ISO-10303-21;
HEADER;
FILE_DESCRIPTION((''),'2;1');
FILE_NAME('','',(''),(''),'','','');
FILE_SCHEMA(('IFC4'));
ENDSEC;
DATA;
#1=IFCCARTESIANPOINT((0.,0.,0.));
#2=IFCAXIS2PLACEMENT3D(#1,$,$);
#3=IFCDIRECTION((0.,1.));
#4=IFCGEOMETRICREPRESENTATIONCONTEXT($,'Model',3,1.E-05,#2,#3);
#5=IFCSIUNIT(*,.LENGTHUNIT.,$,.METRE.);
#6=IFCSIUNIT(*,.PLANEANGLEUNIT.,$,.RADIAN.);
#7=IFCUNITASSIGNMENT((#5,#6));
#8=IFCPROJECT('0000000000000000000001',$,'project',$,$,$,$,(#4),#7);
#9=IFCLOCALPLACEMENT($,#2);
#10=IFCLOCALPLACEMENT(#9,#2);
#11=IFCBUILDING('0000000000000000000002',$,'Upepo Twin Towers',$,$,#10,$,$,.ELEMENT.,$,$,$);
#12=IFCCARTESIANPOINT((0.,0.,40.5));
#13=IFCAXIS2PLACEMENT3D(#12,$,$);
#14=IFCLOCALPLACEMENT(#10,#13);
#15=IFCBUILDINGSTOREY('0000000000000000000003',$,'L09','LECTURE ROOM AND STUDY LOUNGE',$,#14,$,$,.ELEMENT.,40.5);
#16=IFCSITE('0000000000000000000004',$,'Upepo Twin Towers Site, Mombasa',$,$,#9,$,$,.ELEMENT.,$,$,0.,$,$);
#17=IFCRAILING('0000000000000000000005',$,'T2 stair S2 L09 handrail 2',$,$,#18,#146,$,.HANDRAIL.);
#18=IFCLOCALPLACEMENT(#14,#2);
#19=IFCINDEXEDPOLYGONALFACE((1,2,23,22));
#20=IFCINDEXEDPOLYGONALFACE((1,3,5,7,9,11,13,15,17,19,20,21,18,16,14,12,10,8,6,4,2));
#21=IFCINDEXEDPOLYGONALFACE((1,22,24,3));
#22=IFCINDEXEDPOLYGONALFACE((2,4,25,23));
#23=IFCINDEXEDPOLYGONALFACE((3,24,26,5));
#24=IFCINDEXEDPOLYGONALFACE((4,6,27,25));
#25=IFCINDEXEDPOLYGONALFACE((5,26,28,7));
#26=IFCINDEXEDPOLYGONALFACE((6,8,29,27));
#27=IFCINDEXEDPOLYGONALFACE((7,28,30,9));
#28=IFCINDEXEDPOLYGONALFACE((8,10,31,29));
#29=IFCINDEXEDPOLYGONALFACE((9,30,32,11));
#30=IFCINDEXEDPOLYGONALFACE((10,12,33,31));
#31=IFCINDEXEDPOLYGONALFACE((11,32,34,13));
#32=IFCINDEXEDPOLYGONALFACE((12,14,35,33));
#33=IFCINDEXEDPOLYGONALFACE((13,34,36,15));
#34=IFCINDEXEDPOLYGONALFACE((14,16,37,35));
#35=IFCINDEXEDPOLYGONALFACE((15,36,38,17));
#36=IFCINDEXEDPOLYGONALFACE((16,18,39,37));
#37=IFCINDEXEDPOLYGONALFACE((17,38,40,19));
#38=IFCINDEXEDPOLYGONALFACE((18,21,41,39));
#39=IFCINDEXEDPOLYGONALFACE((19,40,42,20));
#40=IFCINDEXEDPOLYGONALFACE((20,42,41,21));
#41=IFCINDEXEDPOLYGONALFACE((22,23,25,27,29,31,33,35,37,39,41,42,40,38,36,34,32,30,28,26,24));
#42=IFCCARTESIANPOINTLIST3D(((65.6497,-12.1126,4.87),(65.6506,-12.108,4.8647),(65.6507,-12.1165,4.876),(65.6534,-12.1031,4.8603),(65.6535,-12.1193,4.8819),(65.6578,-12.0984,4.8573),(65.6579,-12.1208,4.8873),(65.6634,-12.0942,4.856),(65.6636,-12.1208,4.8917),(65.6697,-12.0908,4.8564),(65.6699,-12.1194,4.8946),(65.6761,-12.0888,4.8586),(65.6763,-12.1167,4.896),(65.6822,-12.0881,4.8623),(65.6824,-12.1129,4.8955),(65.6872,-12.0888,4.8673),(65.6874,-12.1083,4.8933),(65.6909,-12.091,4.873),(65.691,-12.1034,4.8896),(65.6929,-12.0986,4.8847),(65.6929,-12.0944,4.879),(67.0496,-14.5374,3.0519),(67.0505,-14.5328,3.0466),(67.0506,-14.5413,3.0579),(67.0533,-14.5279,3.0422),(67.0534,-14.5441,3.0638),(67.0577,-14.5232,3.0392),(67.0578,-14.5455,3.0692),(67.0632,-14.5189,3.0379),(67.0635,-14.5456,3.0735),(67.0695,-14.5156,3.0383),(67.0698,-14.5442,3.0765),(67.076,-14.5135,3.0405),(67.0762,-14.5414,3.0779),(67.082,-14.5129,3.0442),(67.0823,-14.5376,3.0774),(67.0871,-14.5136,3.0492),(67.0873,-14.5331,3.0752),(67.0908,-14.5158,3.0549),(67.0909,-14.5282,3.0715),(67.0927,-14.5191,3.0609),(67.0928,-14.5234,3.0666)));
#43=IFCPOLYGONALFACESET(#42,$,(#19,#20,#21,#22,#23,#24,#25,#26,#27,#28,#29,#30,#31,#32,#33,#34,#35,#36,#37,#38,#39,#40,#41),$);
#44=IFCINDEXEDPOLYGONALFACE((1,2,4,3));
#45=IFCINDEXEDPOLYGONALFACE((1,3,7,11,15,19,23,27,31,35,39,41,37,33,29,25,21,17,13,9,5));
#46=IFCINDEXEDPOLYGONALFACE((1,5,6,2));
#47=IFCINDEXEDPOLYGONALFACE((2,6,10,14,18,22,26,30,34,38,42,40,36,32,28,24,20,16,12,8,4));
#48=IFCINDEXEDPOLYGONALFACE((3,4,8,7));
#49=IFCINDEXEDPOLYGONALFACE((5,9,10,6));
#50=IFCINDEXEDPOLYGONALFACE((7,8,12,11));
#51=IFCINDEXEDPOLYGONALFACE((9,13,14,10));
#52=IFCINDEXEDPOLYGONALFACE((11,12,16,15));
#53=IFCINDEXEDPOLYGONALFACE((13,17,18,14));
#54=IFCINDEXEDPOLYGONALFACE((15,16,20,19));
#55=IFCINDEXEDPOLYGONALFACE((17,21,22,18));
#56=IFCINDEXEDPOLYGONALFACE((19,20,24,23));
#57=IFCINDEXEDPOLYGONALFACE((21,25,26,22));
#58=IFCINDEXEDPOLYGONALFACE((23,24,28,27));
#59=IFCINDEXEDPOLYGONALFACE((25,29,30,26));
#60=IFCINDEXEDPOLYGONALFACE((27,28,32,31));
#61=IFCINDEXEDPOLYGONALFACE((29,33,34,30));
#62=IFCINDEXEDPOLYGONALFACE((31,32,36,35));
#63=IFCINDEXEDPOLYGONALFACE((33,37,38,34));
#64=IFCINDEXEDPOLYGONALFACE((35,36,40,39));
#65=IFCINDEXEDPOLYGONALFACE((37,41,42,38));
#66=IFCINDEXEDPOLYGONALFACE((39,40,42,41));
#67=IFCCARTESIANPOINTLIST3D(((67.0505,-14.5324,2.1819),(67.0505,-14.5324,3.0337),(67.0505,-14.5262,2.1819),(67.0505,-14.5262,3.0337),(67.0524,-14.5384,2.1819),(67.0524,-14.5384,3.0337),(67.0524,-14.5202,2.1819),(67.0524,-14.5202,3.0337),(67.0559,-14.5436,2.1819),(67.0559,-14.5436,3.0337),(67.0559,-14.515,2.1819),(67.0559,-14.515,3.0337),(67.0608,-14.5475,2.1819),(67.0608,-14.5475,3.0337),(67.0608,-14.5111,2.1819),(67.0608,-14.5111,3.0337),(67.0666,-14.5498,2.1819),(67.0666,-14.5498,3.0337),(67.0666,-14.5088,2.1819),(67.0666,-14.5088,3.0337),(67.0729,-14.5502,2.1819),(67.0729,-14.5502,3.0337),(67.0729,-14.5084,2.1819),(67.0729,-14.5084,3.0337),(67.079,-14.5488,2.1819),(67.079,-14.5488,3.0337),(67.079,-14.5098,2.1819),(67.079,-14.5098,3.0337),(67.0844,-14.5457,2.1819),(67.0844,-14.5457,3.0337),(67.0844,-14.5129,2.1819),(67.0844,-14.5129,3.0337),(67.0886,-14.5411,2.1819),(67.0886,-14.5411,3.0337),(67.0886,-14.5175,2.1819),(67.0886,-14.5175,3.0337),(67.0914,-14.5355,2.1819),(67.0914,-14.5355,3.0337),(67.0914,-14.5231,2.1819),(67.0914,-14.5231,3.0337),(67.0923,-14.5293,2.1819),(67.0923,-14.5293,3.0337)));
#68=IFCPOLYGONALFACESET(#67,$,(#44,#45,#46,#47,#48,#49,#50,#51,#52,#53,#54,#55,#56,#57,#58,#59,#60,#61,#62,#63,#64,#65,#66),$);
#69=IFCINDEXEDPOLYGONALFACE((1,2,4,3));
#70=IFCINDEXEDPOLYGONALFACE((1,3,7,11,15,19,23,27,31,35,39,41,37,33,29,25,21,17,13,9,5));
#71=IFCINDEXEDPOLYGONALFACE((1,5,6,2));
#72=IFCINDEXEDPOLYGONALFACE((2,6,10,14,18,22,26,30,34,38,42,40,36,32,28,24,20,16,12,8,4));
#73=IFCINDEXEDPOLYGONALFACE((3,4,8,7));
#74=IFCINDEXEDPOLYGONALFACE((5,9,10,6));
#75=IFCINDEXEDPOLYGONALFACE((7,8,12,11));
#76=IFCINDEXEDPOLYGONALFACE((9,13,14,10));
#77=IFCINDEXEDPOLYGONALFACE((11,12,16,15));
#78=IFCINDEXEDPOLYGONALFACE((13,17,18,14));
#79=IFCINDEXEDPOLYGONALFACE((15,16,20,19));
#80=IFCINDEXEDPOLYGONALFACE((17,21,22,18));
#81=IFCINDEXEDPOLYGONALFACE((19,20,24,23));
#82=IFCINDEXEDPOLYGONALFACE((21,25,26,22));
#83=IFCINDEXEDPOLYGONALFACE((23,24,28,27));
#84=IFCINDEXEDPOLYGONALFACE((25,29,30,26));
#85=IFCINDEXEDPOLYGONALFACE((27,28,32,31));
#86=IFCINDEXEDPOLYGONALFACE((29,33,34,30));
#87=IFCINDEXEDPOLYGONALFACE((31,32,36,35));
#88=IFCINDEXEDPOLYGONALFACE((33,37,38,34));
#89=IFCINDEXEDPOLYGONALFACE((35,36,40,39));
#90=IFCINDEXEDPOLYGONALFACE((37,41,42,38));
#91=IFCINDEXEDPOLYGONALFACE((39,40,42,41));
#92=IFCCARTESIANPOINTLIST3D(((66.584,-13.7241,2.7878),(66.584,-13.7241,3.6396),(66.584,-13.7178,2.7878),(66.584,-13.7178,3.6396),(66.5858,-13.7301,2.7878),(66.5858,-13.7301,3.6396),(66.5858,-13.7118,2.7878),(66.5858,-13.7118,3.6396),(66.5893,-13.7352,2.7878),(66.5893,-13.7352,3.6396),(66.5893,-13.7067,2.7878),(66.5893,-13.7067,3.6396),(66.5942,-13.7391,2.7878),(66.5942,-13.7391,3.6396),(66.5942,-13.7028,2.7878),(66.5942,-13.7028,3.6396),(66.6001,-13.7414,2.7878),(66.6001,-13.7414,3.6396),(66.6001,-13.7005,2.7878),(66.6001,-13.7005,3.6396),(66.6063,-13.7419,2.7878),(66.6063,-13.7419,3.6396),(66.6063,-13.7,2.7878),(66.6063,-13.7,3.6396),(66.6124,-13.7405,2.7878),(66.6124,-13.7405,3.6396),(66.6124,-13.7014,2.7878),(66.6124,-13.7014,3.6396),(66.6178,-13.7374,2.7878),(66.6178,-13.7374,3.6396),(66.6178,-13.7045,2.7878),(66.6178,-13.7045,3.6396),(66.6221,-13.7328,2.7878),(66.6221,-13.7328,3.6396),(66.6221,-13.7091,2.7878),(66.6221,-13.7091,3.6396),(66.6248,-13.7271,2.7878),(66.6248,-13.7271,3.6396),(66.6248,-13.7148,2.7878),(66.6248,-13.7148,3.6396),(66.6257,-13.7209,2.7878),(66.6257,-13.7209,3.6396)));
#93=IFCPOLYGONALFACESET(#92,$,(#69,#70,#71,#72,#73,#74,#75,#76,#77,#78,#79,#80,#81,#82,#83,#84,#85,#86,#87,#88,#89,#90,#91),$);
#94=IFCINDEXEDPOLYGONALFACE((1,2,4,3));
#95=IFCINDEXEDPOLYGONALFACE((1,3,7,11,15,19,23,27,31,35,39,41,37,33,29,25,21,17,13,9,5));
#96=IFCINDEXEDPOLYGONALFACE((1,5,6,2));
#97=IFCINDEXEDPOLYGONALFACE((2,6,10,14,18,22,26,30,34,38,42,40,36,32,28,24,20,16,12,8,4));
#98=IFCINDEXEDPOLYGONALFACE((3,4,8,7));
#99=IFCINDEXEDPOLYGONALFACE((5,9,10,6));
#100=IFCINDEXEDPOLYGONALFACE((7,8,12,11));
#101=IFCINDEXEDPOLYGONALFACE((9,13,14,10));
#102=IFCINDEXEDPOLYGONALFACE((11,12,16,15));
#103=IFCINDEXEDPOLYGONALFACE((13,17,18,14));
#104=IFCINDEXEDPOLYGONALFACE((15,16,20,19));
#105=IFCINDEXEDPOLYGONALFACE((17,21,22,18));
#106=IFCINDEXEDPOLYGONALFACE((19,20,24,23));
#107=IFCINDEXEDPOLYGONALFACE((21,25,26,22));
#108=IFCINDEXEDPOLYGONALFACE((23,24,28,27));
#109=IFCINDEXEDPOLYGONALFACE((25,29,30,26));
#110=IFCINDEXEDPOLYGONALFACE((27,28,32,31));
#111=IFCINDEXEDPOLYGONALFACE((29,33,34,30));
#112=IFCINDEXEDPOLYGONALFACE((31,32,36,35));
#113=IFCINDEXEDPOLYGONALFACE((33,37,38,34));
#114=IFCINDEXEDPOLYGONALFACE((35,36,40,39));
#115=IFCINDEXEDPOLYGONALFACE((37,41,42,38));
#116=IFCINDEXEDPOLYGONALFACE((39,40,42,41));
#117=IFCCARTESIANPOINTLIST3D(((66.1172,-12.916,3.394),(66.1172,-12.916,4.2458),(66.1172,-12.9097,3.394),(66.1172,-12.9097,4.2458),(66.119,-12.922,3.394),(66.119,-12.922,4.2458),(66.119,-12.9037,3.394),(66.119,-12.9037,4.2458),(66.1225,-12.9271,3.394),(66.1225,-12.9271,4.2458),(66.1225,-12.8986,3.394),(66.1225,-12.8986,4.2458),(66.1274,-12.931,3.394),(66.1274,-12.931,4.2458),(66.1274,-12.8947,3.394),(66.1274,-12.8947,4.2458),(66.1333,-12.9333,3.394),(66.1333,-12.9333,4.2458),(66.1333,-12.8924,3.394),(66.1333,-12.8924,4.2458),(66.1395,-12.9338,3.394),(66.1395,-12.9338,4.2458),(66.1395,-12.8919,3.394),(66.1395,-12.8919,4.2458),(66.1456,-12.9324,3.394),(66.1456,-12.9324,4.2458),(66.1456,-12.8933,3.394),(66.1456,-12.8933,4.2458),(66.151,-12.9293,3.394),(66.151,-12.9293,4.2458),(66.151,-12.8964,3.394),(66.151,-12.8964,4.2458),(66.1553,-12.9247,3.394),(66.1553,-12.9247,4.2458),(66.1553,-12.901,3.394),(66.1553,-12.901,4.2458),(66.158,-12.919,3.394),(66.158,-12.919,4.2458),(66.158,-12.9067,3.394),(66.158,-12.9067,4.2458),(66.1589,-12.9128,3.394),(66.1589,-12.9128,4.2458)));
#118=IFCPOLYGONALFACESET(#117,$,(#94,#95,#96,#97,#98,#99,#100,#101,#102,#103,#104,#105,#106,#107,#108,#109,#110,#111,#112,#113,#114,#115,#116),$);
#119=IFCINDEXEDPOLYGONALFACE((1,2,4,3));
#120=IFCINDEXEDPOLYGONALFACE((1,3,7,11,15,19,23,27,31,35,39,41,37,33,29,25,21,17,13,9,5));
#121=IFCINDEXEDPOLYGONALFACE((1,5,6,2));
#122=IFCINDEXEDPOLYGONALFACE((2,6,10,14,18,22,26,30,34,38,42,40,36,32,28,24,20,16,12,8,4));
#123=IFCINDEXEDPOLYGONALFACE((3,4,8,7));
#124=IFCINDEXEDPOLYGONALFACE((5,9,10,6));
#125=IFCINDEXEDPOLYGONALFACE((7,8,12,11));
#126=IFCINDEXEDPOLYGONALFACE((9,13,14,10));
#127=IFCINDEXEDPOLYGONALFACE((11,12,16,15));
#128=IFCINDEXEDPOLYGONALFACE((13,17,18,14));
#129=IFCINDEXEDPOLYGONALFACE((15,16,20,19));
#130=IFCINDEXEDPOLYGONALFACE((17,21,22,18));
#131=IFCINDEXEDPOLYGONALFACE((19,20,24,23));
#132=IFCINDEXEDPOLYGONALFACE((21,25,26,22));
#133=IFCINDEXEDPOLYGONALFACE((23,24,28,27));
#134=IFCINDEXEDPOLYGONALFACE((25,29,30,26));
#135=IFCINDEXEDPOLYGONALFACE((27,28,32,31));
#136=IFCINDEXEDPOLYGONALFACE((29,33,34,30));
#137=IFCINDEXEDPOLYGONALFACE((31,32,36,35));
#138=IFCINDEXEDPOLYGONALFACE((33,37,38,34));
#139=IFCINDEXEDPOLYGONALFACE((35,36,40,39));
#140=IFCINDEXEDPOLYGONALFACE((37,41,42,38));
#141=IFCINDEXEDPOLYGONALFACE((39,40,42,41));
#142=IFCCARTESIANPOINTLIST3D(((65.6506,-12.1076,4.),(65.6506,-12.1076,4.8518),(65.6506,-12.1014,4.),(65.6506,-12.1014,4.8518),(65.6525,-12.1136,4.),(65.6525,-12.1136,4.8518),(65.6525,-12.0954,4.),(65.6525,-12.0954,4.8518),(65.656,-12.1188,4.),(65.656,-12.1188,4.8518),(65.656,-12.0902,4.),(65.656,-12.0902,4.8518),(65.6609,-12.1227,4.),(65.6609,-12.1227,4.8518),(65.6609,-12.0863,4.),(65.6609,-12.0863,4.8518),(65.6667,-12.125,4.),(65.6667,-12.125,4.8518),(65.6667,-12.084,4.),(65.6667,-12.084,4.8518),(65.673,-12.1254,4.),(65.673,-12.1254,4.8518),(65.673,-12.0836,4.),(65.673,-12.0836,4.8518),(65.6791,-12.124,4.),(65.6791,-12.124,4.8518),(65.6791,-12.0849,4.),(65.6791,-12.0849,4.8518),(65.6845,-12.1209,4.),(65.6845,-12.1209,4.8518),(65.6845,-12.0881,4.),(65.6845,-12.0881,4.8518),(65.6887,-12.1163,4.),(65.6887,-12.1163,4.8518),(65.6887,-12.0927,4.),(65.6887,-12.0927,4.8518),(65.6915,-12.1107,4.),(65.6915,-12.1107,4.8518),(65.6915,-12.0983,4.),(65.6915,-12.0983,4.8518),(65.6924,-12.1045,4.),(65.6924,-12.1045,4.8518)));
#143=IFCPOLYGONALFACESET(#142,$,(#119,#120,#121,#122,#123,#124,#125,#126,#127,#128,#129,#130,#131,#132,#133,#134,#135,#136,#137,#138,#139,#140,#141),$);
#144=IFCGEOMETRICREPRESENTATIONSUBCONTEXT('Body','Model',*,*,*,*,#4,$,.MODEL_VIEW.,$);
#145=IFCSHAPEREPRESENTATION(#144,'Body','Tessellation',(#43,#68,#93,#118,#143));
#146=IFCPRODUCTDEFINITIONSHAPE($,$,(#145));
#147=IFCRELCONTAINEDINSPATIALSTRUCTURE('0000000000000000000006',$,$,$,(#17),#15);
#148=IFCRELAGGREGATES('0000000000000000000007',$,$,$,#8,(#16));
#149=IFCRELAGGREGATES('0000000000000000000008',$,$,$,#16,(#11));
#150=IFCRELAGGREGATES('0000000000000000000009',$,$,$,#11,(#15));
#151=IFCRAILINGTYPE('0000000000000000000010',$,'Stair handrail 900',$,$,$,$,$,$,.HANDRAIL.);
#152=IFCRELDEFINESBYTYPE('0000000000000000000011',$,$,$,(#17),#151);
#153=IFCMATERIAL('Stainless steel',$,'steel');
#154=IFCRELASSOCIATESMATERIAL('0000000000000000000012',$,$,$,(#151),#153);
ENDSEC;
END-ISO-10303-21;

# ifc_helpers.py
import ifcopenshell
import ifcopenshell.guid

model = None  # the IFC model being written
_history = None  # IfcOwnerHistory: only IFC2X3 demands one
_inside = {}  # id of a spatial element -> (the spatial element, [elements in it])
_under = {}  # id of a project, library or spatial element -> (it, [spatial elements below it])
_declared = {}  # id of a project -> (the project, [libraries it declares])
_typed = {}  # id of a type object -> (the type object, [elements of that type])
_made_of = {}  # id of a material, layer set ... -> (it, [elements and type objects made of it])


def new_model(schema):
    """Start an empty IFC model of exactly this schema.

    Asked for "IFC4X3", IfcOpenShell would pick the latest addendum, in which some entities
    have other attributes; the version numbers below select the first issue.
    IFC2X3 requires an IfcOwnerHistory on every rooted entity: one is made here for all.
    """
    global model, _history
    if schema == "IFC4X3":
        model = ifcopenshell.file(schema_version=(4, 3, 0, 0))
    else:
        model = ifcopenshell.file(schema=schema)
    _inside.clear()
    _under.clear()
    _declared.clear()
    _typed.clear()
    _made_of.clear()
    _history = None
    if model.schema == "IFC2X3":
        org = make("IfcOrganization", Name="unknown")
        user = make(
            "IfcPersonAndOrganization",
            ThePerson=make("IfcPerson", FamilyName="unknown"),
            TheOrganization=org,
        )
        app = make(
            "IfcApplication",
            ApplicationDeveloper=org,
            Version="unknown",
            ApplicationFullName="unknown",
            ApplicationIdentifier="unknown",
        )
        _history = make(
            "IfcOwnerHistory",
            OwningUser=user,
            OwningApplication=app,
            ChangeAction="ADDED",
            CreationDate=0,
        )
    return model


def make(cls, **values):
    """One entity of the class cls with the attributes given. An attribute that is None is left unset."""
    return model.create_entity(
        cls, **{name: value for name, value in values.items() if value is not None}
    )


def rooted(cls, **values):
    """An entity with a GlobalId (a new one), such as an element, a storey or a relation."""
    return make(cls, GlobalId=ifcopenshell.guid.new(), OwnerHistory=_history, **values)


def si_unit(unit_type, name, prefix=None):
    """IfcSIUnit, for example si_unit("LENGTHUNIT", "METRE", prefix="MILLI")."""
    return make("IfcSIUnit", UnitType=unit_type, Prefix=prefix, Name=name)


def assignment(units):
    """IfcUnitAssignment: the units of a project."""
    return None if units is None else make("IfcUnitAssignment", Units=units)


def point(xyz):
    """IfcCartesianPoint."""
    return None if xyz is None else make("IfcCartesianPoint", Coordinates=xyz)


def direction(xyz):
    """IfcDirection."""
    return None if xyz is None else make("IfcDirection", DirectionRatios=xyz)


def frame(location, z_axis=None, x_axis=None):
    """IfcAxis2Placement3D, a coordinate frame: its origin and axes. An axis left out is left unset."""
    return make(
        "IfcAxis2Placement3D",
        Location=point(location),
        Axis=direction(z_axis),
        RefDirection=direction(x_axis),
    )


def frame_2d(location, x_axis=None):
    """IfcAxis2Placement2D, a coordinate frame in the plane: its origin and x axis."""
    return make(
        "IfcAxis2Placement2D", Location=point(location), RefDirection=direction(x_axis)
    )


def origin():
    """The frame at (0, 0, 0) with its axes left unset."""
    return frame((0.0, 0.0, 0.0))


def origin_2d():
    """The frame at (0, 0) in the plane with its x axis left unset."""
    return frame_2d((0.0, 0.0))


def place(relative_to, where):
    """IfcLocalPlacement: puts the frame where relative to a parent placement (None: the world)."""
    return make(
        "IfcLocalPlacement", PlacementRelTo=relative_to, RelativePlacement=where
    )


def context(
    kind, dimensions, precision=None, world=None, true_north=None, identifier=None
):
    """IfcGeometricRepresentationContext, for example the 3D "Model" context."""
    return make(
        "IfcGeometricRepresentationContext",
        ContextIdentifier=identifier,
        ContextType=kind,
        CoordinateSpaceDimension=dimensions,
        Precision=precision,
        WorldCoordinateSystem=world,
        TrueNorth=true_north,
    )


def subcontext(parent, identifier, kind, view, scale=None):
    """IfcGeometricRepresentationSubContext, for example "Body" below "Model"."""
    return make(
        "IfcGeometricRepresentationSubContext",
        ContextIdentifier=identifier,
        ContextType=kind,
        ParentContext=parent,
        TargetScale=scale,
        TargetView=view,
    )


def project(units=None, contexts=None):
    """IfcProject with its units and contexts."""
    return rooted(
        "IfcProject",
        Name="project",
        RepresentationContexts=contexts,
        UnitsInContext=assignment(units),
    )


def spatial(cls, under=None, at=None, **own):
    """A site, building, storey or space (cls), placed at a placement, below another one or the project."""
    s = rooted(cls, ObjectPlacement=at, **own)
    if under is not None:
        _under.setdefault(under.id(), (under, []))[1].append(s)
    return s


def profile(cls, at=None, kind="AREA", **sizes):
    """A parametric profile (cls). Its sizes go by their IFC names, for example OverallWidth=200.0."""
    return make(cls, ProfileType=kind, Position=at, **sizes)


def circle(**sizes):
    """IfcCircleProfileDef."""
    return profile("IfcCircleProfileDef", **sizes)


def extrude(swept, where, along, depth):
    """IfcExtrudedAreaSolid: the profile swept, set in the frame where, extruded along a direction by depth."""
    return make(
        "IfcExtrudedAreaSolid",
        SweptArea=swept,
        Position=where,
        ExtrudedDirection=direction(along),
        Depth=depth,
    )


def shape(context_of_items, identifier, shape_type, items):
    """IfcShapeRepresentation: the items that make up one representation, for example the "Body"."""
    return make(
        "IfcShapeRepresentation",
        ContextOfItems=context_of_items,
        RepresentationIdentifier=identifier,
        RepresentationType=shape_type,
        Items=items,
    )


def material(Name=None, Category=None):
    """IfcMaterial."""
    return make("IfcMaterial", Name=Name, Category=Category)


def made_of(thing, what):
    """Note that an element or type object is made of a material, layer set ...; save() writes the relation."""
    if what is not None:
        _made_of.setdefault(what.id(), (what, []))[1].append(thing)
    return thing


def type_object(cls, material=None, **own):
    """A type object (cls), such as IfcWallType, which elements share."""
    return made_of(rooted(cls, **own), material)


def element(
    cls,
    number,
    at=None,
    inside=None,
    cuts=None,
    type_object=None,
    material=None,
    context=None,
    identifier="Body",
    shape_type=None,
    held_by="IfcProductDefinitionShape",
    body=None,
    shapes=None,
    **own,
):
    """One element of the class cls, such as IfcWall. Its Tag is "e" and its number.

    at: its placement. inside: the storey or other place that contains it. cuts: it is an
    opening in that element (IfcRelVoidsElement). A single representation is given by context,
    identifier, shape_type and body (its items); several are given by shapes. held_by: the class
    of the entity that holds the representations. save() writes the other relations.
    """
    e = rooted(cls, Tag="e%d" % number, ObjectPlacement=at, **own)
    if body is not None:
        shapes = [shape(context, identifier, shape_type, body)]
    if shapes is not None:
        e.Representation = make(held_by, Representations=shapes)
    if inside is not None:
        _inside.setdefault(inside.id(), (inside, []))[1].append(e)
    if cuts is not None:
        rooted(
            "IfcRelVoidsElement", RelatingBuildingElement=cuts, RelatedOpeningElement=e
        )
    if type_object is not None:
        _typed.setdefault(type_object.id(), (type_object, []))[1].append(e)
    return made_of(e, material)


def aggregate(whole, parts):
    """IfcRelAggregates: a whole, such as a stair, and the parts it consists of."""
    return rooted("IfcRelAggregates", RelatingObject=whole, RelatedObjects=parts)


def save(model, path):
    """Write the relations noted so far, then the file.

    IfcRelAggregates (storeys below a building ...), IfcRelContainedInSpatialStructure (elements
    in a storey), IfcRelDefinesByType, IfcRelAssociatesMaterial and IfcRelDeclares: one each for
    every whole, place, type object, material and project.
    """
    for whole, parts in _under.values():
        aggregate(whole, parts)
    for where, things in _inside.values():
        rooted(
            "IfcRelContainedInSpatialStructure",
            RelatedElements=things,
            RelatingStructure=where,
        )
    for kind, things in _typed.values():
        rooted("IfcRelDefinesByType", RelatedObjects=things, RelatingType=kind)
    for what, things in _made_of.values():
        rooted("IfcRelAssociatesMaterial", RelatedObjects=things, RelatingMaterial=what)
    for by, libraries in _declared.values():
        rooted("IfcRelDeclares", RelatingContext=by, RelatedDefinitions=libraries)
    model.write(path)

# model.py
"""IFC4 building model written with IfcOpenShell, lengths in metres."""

from ifc_helpers import new_model, si_unit, direction, frame, origin, origin_2d, place, context, subcontext, project, spatial, circle, extrude, material, type_object, element, save


model = new_model("IFC4")

# Units and contexts
model_context = context("Model", 3, precision=1e-05, world=origin(), true_north=direction((0.0, 1.0)))
body_context = subcontext(model_context, "Body", "Model", "MODEL_VIEW")
ifc_project = project(units=[si_unit("LENGTHUNIT", "METRE"), si_unit("PLANEANGLEUNIT", "RADIAN")], contexts=[model_context])

# Site, building, storey
site_placement = place(None, origin())
site = spatial("IfcSite", under=ifc_project, at=site_placement, Name="Upepo Twin Towers Site, Mombasa", CompositionType="ELEMENT", RefElevation=0.0)
building_placement = place(site_placement, origin())
building = spatial("IfcBuilding", under=site, at=building_placement, Name="Upepo Twin Towers", CompositionType="ELEMENT")
storey_placement = place(building_placement, frame((0.0, 0.0, 40.5)))
storey = spatial("IfcBuildingStorey", under=building, at=storey_placement, Name="L09", Description="LECTURE ROOM AND STUDY LOUNGE", CompositionType="ELEMENT", Elevation=40.5)

# Railing
ifc_material_1 = material(Name="Stainless steel", Category="steel")
railing_type = type_object("IfcRailingType", Name="Stair handrail 900", PredefinedType="HANDRAIL", material=ifc_material_1)
railing_1_placement = place(storey_placement, frame((67.0713, -14.5293, 2.1819)))
element("IfcRailing", 1, at=railing_1_placement, inside=storey, type_object=railing_type, Name="T2 stair S2 L09 handrail 2", PredefinedType="HANDRAIL", context=body_context, shape_type="SweptSolid", body=[
    extrude(circle(Radius=0.0239, at=origin_2d()), frame((0.0, 0.0, 0.876), z_axis=(-0.419333, 0.726336, 0.544606), x_axis=(-0.866035, -0.499984, 0.0)), (0.0, 0.0, 1.0), 3.3384),
    extrude(circle(Radius=0.021, at=origin_2d()), origin(), (0.0, 0.0, 1.0), 0.8518),
    extrude(circle(Radius=0.021, at=origin_2d()), frame((-0.4666, 0.8083, 0.606)), (0.0, 0.0, 1.0), 0.8518),
    extrude(circle(Radius=0.021, at=origin_2d()), frame((-0.9333, 1.6165, 1.2122)), (0.0, 0.0, 1.0), 0.8518),
    extrude(circle(Radius=0.021, at=origin_2d()), frame((-1.3999, 2.4248, 1.8181)), (0.0, 0.0, 1.0), 0.8518),
])

save(model, "model.ifc")
